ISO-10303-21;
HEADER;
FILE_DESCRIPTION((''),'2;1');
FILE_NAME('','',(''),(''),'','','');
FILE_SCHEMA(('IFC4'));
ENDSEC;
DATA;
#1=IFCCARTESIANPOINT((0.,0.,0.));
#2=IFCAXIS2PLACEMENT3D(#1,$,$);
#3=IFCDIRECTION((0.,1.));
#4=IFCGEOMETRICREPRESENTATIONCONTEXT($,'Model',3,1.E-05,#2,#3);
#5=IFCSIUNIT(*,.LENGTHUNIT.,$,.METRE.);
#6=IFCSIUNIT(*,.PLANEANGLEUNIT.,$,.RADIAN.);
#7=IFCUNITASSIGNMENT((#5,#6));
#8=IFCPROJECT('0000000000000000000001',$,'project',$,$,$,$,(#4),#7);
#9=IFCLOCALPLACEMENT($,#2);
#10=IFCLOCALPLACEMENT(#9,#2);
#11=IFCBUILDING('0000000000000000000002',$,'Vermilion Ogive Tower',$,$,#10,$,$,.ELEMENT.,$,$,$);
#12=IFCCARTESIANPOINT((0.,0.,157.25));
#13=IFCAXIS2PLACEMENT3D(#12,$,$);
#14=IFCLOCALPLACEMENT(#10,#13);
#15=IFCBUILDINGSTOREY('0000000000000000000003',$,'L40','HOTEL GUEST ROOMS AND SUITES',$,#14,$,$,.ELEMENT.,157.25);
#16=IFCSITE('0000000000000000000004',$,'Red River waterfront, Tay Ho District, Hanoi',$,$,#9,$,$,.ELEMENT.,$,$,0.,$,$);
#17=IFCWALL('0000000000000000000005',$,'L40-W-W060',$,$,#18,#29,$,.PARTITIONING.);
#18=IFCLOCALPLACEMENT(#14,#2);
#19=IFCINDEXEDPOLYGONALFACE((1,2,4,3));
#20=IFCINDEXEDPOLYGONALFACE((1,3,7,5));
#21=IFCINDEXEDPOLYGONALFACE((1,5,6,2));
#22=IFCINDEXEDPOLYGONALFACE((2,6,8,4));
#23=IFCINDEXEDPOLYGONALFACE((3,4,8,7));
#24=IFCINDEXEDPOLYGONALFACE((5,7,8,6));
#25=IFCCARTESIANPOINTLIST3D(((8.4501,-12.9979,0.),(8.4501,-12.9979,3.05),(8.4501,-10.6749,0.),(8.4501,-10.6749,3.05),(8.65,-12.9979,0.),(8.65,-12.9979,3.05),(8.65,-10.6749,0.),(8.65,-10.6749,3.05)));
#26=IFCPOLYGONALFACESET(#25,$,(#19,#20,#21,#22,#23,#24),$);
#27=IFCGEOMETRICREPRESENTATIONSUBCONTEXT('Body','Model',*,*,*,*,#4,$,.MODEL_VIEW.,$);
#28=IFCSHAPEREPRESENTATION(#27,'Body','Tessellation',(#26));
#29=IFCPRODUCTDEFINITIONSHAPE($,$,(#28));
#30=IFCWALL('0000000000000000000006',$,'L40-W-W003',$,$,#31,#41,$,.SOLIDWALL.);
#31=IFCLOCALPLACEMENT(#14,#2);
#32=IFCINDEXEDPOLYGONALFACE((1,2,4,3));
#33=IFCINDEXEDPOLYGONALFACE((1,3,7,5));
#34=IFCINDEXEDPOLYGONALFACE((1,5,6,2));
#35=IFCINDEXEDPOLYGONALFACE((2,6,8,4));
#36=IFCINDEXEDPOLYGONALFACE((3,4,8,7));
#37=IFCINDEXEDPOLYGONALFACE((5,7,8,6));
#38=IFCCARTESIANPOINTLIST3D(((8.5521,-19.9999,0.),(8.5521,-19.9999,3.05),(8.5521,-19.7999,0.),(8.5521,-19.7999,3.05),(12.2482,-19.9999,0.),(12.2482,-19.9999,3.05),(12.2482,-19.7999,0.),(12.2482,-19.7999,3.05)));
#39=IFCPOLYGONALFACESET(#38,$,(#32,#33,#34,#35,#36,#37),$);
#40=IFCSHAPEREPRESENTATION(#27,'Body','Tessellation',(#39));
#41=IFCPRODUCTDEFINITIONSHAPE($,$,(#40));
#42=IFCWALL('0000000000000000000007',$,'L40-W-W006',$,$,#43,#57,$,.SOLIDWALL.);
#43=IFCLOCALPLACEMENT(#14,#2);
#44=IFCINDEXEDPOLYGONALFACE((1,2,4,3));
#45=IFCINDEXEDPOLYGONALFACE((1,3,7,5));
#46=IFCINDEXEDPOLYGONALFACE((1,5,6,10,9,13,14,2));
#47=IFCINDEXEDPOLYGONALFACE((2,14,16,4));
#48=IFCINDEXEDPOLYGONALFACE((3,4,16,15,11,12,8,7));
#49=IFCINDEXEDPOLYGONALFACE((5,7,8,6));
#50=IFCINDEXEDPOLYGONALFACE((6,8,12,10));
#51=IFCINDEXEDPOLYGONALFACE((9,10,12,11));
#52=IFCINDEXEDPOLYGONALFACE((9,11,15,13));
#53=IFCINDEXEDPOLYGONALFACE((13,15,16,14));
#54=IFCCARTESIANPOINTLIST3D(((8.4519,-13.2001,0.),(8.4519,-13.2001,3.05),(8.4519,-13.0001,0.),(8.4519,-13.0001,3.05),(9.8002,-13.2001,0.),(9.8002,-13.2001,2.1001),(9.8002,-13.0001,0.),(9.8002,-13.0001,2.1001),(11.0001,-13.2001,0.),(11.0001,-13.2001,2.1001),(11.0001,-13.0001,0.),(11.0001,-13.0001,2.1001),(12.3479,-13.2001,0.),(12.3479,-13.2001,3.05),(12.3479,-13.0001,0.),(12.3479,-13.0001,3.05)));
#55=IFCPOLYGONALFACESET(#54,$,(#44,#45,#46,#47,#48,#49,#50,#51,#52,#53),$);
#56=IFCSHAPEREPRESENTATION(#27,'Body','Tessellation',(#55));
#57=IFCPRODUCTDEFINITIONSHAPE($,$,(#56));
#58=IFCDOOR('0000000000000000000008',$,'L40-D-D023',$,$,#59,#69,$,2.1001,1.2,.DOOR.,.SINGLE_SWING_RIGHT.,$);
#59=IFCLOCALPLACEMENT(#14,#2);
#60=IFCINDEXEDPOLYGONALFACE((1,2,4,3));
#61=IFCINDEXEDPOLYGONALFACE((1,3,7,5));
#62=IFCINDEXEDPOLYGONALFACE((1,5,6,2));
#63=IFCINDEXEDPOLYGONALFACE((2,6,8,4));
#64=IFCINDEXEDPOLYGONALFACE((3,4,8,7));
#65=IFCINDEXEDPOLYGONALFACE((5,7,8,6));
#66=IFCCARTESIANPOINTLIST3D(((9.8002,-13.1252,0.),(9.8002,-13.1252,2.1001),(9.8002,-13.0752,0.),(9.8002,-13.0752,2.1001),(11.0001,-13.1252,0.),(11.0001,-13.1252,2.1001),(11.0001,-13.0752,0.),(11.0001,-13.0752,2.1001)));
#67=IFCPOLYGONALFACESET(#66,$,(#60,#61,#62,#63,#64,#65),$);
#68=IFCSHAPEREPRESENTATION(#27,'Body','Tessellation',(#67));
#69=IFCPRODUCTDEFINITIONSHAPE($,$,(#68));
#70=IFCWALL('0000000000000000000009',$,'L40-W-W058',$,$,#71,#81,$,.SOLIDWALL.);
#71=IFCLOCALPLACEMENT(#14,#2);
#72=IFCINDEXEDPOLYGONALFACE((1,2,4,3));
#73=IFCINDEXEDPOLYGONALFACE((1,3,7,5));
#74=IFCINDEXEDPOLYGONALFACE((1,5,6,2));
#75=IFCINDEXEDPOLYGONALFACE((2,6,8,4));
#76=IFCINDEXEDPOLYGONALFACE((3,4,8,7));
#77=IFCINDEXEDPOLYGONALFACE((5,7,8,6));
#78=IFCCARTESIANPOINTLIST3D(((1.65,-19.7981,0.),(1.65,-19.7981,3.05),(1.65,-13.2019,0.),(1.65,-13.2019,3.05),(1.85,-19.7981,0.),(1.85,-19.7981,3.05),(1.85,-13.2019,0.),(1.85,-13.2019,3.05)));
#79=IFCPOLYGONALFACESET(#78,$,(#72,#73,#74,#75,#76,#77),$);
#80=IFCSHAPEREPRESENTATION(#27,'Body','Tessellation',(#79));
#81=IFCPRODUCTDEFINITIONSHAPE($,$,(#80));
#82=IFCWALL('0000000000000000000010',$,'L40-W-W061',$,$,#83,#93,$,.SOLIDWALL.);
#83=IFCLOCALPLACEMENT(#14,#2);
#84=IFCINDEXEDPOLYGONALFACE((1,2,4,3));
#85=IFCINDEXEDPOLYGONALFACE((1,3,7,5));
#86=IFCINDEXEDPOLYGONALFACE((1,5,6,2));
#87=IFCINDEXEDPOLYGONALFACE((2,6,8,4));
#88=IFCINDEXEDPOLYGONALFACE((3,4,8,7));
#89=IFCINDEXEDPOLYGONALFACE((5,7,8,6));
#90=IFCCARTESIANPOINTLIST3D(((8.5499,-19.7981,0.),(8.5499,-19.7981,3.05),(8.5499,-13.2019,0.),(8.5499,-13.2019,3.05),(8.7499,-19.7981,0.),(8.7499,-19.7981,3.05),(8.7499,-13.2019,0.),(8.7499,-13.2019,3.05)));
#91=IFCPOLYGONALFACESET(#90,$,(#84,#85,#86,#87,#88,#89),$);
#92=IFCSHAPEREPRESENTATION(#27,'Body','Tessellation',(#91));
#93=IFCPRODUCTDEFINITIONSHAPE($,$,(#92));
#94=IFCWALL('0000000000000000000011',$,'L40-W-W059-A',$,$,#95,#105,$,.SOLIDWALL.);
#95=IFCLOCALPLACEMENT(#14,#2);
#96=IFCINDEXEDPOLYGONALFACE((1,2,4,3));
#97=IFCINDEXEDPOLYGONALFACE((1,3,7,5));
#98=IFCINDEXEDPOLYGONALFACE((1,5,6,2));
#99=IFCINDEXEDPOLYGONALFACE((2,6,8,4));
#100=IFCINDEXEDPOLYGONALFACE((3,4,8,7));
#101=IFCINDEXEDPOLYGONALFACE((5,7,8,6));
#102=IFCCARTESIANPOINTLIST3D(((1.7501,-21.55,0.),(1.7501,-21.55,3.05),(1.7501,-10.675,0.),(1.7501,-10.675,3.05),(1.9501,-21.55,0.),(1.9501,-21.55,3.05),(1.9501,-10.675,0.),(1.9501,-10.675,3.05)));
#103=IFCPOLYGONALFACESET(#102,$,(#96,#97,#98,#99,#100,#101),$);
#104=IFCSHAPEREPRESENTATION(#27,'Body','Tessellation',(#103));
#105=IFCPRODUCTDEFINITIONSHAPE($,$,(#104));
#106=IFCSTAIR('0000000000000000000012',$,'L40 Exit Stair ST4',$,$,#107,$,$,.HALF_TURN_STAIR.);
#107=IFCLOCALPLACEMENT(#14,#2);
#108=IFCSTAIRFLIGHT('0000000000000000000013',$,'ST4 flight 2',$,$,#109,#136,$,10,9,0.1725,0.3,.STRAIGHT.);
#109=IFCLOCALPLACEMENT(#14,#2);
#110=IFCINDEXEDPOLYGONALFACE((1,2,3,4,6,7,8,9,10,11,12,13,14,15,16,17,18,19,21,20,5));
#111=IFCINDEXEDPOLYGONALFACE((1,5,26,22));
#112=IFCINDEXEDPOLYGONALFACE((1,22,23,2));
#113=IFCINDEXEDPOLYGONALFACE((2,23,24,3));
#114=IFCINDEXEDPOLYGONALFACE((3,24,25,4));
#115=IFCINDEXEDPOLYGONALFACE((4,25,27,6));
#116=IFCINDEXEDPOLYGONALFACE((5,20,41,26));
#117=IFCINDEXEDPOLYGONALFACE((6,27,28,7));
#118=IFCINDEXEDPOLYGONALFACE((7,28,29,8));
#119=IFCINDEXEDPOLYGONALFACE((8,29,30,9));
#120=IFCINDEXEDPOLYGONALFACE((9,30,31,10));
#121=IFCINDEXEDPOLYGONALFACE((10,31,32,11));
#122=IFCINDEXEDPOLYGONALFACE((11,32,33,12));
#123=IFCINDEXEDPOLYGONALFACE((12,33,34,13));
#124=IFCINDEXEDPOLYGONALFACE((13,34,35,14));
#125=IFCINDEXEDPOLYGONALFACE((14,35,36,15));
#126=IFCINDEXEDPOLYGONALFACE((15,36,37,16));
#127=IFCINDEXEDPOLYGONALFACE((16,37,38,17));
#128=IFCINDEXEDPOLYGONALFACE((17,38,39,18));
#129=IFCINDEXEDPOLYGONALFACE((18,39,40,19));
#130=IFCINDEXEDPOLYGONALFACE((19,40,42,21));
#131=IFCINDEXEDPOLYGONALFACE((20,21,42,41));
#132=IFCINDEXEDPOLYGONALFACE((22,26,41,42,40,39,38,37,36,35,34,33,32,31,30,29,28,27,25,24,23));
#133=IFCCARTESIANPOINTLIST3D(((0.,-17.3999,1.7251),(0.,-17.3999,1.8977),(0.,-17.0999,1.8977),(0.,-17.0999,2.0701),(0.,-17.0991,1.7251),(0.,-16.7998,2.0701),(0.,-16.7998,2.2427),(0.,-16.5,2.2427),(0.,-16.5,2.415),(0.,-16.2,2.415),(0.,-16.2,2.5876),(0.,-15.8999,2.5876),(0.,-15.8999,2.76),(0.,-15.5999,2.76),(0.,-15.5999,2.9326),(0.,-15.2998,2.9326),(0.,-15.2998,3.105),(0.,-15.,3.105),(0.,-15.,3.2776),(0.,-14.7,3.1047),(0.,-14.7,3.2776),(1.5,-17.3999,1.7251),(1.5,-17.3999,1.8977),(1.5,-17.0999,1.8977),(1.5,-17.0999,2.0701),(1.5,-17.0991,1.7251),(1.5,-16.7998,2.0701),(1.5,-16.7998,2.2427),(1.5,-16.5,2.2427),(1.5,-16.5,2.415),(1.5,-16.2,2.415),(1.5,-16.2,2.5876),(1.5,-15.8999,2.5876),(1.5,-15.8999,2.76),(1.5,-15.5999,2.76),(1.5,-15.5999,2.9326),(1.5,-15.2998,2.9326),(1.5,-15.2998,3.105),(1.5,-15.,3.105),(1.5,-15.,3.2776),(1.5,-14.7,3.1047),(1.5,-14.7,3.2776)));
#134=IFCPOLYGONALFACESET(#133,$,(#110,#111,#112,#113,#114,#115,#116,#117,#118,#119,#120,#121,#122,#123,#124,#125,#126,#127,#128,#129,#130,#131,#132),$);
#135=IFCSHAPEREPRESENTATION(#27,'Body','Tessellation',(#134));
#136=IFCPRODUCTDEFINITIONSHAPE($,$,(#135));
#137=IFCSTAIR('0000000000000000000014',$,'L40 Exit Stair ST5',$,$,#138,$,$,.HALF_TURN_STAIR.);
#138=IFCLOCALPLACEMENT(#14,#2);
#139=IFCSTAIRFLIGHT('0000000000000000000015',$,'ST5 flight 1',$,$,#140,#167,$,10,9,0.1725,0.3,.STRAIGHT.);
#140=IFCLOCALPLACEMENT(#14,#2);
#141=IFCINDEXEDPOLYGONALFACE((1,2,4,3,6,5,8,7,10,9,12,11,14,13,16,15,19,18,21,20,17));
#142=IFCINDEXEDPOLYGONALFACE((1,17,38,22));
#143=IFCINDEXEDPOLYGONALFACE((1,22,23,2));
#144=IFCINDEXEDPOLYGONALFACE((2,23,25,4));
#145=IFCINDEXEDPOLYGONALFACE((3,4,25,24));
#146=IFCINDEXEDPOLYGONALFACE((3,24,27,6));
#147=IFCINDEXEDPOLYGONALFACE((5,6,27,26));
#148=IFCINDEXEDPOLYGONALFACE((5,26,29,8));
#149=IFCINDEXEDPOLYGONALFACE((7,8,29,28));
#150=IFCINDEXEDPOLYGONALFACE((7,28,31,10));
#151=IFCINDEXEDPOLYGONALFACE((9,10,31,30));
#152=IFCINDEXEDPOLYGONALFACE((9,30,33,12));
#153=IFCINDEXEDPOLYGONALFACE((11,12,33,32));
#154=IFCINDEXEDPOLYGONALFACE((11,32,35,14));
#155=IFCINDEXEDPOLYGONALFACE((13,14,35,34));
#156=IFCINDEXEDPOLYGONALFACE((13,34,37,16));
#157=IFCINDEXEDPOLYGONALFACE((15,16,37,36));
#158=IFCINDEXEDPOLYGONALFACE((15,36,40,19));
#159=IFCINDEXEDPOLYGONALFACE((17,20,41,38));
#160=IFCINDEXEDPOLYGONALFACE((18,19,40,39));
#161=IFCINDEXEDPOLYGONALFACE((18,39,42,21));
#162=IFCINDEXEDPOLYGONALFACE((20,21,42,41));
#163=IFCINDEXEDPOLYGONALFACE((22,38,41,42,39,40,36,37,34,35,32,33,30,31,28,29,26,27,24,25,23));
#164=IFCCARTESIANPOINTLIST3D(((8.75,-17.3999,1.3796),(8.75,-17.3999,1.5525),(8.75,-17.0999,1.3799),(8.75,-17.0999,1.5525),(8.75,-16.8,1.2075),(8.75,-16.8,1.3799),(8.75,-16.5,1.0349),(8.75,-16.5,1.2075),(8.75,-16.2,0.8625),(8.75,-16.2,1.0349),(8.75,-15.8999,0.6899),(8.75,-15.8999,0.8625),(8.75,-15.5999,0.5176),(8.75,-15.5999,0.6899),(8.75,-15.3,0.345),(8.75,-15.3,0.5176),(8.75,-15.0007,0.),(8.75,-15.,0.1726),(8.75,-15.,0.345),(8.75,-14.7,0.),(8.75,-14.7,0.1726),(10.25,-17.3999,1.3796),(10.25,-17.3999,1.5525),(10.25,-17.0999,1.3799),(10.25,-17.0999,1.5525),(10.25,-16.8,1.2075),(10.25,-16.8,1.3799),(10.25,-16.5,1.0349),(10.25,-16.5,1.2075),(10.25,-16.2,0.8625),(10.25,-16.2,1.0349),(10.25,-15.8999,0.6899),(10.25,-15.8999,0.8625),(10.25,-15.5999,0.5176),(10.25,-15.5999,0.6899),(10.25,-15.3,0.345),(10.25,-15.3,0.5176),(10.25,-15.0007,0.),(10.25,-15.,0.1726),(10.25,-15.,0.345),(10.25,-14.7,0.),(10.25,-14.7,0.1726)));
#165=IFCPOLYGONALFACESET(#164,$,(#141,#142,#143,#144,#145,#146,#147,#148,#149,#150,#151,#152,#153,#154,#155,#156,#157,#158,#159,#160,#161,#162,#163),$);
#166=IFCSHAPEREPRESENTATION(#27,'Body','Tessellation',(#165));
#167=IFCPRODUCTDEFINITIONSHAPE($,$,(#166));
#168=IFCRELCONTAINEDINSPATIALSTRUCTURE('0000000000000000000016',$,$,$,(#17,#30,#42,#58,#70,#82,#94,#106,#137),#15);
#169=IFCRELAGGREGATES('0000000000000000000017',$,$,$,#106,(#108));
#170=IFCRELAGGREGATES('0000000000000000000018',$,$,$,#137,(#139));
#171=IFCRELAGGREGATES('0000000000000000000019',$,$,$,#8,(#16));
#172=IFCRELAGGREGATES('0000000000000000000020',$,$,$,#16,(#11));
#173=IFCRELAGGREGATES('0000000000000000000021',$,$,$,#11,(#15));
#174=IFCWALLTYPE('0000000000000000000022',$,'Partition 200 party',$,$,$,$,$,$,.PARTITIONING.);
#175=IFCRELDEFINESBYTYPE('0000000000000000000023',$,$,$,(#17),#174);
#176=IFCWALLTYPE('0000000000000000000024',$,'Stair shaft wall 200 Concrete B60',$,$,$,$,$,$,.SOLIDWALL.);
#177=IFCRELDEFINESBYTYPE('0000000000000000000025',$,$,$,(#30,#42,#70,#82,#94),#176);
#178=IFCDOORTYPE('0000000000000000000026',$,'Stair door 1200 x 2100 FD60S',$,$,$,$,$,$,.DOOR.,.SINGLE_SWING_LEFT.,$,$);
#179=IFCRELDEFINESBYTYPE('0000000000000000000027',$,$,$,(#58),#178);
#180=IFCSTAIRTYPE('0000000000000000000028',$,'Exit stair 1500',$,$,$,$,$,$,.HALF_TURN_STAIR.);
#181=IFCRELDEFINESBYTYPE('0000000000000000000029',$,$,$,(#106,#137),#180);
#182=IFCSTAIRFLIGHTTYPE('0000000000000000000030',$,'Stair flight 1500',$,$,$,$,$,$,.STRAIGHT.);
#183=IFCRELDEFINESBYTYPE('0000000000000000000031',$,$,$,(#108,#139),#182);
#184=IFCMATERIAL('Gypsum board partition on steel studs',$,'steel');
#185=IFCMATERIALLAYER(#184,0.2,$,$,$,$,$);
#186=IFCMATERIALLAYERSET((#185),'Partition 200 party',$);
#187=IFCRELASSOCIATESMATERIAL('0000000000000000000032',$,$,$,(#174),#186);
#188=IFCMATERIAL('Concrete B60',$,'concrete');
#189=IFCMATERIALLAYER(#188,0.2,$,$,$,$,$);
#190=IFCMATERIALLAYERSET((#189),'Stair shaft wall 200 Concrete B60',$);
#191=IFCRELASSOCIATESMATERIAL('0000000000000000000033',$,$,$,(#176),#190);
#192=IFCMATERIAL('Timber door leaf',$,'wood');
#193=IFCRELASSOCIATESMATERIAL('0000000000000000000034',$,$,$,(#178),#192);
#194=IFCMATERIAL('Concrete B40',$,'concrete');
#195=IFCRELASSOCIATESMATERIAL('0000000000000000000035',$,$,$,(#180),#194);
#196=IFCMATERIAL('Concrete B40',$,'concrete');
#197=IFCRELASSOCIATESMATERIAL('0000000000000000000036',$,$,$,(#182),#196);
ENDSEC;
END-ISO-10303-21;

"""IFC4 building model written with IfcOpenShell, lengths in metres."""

from ifc_helpers import new_model, si_unit, direction, frame, frame_2d, origin, place, context, subcontext, project, spatial, polyline, rectangle, outline, extrude, material, layer, layer_set, type_object, element, fill, aggregate, save


model = new_model("IFC4")

# Units and contexts
model_context = context("Model", 3, precision=1e-05, world=origin(), true_north=direction((0.0, 1.0)))
body_context = subcontext(model_context, "Body", "Model", "MODEL_VIEW")
ifc_project = project(units=[si_unit("LENGTHUNIT", "METRE"), si_unit("PLANEANGLEUNIT", "RADIAN")], contexts=[model_context])

# Site, building, storey
site_placement = place(None, origin())
site = spatial("IfcSite", under=ifc_project, at=site_placement, Name="Red River waterfront, Tay Ho District, Hanoi", CompositionType="ELEMENT", RefElevation=0.0)
building_placement = place(site_placement, origin())
building = spatial("IfcBuilding", under=site, at=building_placement, Name="Vermilion Ogive Tower", CompositionType="ELEMENT")
storey_placement = place(building_placement, frame((0.0, 0.0, 157.25)))
storey = spatial("IfcBuildingStorey", under=building, at=storey_placement, Name="L40", Description="HOTEL GUEST ROOMS AND SUITES", CompositionType="ELEMENT", Elevation=157.25)

# Walls
ifc_material_1 = material(Name="Gypsum board partition on steel studs", Category="steel")
ifc_layer_1 = layer(ifc_material_1, 0.2)
ifc_layer_set_1 = layer_set([ifc_layer_1], Name="Partition 200 party")
wall_type_1 = type_object("IfcWallType", Name="Partition 200 party", PredefinedType="PARTITIONING", material=ifc_layer_set_1)
wall_1_placement = place(storey_placement, frame((8.55, -12.998, 0.0), z_axis=(0.0, 0.0, 1.0), x_axis=(0.0, 1.0, 0.0)))
element("IfcWall", 1, at=wall_1_placement, inside=storey, type_object=wall_type_1, Name="L40-W-W060", PredefinedType="PARTITIONING", context=body_context, shape_type="SweptSolid", body=[
    extrude(rectangle(XDim=2.323, YDim=0.2, at=frame_2d((1.1616, 0.0))), origin(), (0.0, 0.0, 1.0), 3.05),
])
ifc_material_2 = material(Name="Concrete B60", Category="concrete")
ifc_layer_2 = layer(ifc_material_2, 0.2)
ifc_layer_set_2 = layer_set([ifc_layer_2], Name="Stair shaft wall 200 Concrete B60")
wall_type_2 = type_object("IfcWallType", Name="Stair shaft wall 200 Concrete B60", PredefinedType="SOLIDWALL", material=ifc_layer_set_2)
wall_2_placement = place(storey_placement, frame((8.552, -19.8999, 0.0), z_axis=(0.0, 0.0, 1.0), x_axis=(1.0, 0.0, 0.0)))
element("IfcWall", 2, at=wall_2_placement, inside=storey, type_object=wall_type_2, Name="L40-W-W003", PredefinedType="SOLIDWALL", context=body_context, shape_type="SweptSolid", body=[
    extrude(rectangle(XDim=3.696, YDim=0.2, at=frame_2d((1.8481, 0.0))), origin(), (0.0, 0.0, 1.0), 3.05),
])

# Wall, opening, door
wall_3_placement = place(storey_placement, frame((8.4519, -13.1001, 0.0), z_axis=(0.0, 0.0, 1.0), x_axis=(1.0, 0.0, 0.0)))
wall_3 = element("IfcWall", 3, at=wall_3_placement, inside=storey, type_object=wall_type_2, Name="L40-W-W006", PredefinedType="SOLIDWALL", context=body_context, shape_type="SweptSolid", body=[
    extrude(rectangle(XDim=3.896, YDim=0.2, at=frame_2d((1.948, 0.0))), origin(), (0.0, 0.0, 1.0), 3.05),
])
opening_placement = place(wall_3_placement, frame((1.3481, 0.0, 0.0)))
opening = element("IfcOpeningElement", 4, at=opening_placement, cuts=wall_3, PredefinedType="OPENING", context=body_context, shape_type="SweptSolid", body=[
    extrude(rectangle(XDim=1.2, YDim=2.1001, at=frame_2d((0.6001, 1.05))), frame((0.0, 0.1099, 0.0), z_axis=(0.0, -1.0, 0.0), x_axis=(1.0, 0.0, 0.0)), (0.0, 0.0, 1.0), 0.22),
])
ifc_material_3 = material(Name="Timber door leaf", Category="wood")
door_type = type_object("IfcDoorType", Name="Stair door 1200 x 2100 FD60S", OperationType="SINGLE_SWING_LEFT", PredefinedType="DOOR", material=ifc_material_3)
door_placement = place(opening_placement, origin())
door = element("IfcDoor", 5, at=door_placement, inside=storey, type_object=door_type, Name="L40-D-D023", OperationType="SINGLE_SWING_RIGHT", OverallHeight=2.1001, OverallWidth=1.2, PredefinedType="DOOR", context=body_context, shape_type="SweptSolid", body=[
    extrude(rectangle(XDim=1.2, YDim=2.1001, at=frame_2d((0.6001, 1.05))), frame((0.0, 0.0249, 0.0), z_axis=(0.0, -1.0, 0.0), x_axis=(1.0, 0.0, 0.0)), (0.0, 0.0, 1.0), 0.05),
])
fill(opening, door)

# Walls
for number, where, z_axis, x_axis, name in (
    (6, (1.75, -19.7981, 0.0), (0.0, 0.0, 1.0), (0.0, 1.0, 0.0), "L40-W-W058"),
    (7, (8.6499, -19.7981, 0.0), (0.0, 0.0, 1.0), (0.0, 1.0, 0.0), "L40-W-W061"),
):
    element("IfcWall", number, at=place(storey_placement, frame(where, z_axis=z_axis, x_axis=x_axis)), inside=storey, type_object=wall_type_2, Name=name, PredefinedType="SOLIDWALL", context=body_context, shape_type="SweptSolid", body=[
        extrude(rectangle(XDim=6.5962, YDim=0.2, at=frame_2d((3.2981, 0.0))), origin(), (0.0, 0.0, 1.0), 3.05),
    ])
wall_4_placement = place(storey_placement, frame((1.8501, -21.55, 0.0), z_axis=(0.0, 0.0, 1.0), x_axis=(0.0, 1.0, 0.0)))
element("IfcWall", 8, at=wall_4_placement, inside=storey, type_object=wall_type_2, Name="L40-W-W059-A", PredefinedType="SOLIDWALL", context=body_context, shape_type="SweptSolid", body=[
    extrude(rectangle(XDim=10.875, YDim=0.2, at=frame_2d((5.4375, 0.0))), origin(), (0.0, 0.0, 1.0), 3.05),
])

# Stairs, stair flights
ifc_material_4 = material(Name="Concrete B40", Category="concrete")
stair_type = type_object("IfcStairType", Name="Exit stair 1500", PredefinedType="HALF_TURN_STAIR", material=ifc_material_4)
stair_1_placement = place(storey_placement, origin())
stair_1 = element("IfcStair", 9, at=stair_1_placement, inside=storey, type_object=stair_type, Name="L40 Exit Stair ST4", PredefinedType="HALF_TURN_STAIR")
ifc_material_5 = material(Name="Concrete B40", Category="concrete")
stair_flight_type = type_object("IfcStairFlightType", Name="Stair flight 1500", PredefinedType="STRAIGHT", material=ifc_material_5)
stair_flight_1_placement = place(storey_placement, frame((0.75, -17.3999, 1.7251), z_axis=(0.0, 0.0, 1.0), x_axis=(0.0, 1.0, 0.0)))
stair_flight_1 = element("IfcStairFlight", 10, at=stair_flight_1_placement, type_object=stair_flight_type, Name="ST4 flight 2", NumberOfRisers=10, NumberOfTreads=9, PredefinedType="STRAIGHT", RiserHeight=0.1725, TreadLength=0.3, context=body_context, shape_type="SweptSolid", body=[
    extrude(outline(polyline([(0.0, 0.0), (0.0, 0.1726), (0.3, 0.1726), (0.3, 0.345), (0.6001, 0.345), (0.6001, 0.5176), (0.8999, 0.5176), (0.8999, 0.6899), (1.2, 0.6899), (1.2, 0.8625), (1.5, 0.8625), (1.5, 1.0349), (1.8, 1.0349), (1.8, 1.2075), (2.1001, 1.2075), (2.1001, 1.3799), (2.3999, 1.3799), (2.3999, 1.5525), (2.7, 1.5525), (2.7, 1.7251), (2.7, 1.3796), (0.3008, 0.0), (0.0, 0.0)])), frame((0.0, 0.75, 0.0), z_axis=(0.0, -1.0, 0.0), x_axis=(1.0, 0.0, 0.0)), (0.0, 0.0, 1.0), 1.5),
])
aggregate(stair_1, [stair_flight_1])
stair_2_placement = place(storey_placement, origin())
stair_2 = element("IfcStair", 11, at=stair_2_placement, inside=storey, type_object=stair_type, Name="L40 Exit Stair ST5", PredefinedType="HALF_TURN_STAIR")
stair_flight_2_placement = place(storey_placement, frame((9.5, -14.7, 0.0), z_axis=(0.0, 0.0, 1.0), x_axis=(0.0, -1.0, 0.0)))
stair_flight_2 = element("IfcStairFlight", 12, at=stair_flight_2_placement, type_object=stair_flight_type, Name="ST5 flight 1", NumberOfRisers=10, NumberOfTreads=9, PredefinedType="STRAIGHT", RiserHeight=0.1725, TreadLength=0.3, context=body_context, shape_type="SweptSolid", body=[
    extrude(outline(polyline([(0.0, 0.0), (0.0, 0.1726), (0.3, 0.1726), (0.3, 0.345), (0.6001, 0.345), (0.6001, 0.5176), (0.8999, 0.5176), (0.8999, 0.6899), (1.2, 0.6899), (1.2, 0.8625), (1.5, 0.8625), (1.5, 1.0349), (1.8, 1.0349), (1.8, 1.2075), (2.1001, 1.2075), (2.1001, 1.3799), (2.3999, 1.3799), (2.3999, 1.5525), (2.7, 1.5525), (2.7, 1.7251), (2.7, 1.3796), (0.3008, 0.0), (0.0, 0.0)])), frame((0.0, 0.75, 0.0), z_axis=(0.0, -1.0, 0.0), x_axis=(1.0, 0.0, 0.0)), (0.0, 0.0, 1.0), 1.5),
])
aggregate(stair_2, [stair_flight_2])

save(model, "model.ifc")
